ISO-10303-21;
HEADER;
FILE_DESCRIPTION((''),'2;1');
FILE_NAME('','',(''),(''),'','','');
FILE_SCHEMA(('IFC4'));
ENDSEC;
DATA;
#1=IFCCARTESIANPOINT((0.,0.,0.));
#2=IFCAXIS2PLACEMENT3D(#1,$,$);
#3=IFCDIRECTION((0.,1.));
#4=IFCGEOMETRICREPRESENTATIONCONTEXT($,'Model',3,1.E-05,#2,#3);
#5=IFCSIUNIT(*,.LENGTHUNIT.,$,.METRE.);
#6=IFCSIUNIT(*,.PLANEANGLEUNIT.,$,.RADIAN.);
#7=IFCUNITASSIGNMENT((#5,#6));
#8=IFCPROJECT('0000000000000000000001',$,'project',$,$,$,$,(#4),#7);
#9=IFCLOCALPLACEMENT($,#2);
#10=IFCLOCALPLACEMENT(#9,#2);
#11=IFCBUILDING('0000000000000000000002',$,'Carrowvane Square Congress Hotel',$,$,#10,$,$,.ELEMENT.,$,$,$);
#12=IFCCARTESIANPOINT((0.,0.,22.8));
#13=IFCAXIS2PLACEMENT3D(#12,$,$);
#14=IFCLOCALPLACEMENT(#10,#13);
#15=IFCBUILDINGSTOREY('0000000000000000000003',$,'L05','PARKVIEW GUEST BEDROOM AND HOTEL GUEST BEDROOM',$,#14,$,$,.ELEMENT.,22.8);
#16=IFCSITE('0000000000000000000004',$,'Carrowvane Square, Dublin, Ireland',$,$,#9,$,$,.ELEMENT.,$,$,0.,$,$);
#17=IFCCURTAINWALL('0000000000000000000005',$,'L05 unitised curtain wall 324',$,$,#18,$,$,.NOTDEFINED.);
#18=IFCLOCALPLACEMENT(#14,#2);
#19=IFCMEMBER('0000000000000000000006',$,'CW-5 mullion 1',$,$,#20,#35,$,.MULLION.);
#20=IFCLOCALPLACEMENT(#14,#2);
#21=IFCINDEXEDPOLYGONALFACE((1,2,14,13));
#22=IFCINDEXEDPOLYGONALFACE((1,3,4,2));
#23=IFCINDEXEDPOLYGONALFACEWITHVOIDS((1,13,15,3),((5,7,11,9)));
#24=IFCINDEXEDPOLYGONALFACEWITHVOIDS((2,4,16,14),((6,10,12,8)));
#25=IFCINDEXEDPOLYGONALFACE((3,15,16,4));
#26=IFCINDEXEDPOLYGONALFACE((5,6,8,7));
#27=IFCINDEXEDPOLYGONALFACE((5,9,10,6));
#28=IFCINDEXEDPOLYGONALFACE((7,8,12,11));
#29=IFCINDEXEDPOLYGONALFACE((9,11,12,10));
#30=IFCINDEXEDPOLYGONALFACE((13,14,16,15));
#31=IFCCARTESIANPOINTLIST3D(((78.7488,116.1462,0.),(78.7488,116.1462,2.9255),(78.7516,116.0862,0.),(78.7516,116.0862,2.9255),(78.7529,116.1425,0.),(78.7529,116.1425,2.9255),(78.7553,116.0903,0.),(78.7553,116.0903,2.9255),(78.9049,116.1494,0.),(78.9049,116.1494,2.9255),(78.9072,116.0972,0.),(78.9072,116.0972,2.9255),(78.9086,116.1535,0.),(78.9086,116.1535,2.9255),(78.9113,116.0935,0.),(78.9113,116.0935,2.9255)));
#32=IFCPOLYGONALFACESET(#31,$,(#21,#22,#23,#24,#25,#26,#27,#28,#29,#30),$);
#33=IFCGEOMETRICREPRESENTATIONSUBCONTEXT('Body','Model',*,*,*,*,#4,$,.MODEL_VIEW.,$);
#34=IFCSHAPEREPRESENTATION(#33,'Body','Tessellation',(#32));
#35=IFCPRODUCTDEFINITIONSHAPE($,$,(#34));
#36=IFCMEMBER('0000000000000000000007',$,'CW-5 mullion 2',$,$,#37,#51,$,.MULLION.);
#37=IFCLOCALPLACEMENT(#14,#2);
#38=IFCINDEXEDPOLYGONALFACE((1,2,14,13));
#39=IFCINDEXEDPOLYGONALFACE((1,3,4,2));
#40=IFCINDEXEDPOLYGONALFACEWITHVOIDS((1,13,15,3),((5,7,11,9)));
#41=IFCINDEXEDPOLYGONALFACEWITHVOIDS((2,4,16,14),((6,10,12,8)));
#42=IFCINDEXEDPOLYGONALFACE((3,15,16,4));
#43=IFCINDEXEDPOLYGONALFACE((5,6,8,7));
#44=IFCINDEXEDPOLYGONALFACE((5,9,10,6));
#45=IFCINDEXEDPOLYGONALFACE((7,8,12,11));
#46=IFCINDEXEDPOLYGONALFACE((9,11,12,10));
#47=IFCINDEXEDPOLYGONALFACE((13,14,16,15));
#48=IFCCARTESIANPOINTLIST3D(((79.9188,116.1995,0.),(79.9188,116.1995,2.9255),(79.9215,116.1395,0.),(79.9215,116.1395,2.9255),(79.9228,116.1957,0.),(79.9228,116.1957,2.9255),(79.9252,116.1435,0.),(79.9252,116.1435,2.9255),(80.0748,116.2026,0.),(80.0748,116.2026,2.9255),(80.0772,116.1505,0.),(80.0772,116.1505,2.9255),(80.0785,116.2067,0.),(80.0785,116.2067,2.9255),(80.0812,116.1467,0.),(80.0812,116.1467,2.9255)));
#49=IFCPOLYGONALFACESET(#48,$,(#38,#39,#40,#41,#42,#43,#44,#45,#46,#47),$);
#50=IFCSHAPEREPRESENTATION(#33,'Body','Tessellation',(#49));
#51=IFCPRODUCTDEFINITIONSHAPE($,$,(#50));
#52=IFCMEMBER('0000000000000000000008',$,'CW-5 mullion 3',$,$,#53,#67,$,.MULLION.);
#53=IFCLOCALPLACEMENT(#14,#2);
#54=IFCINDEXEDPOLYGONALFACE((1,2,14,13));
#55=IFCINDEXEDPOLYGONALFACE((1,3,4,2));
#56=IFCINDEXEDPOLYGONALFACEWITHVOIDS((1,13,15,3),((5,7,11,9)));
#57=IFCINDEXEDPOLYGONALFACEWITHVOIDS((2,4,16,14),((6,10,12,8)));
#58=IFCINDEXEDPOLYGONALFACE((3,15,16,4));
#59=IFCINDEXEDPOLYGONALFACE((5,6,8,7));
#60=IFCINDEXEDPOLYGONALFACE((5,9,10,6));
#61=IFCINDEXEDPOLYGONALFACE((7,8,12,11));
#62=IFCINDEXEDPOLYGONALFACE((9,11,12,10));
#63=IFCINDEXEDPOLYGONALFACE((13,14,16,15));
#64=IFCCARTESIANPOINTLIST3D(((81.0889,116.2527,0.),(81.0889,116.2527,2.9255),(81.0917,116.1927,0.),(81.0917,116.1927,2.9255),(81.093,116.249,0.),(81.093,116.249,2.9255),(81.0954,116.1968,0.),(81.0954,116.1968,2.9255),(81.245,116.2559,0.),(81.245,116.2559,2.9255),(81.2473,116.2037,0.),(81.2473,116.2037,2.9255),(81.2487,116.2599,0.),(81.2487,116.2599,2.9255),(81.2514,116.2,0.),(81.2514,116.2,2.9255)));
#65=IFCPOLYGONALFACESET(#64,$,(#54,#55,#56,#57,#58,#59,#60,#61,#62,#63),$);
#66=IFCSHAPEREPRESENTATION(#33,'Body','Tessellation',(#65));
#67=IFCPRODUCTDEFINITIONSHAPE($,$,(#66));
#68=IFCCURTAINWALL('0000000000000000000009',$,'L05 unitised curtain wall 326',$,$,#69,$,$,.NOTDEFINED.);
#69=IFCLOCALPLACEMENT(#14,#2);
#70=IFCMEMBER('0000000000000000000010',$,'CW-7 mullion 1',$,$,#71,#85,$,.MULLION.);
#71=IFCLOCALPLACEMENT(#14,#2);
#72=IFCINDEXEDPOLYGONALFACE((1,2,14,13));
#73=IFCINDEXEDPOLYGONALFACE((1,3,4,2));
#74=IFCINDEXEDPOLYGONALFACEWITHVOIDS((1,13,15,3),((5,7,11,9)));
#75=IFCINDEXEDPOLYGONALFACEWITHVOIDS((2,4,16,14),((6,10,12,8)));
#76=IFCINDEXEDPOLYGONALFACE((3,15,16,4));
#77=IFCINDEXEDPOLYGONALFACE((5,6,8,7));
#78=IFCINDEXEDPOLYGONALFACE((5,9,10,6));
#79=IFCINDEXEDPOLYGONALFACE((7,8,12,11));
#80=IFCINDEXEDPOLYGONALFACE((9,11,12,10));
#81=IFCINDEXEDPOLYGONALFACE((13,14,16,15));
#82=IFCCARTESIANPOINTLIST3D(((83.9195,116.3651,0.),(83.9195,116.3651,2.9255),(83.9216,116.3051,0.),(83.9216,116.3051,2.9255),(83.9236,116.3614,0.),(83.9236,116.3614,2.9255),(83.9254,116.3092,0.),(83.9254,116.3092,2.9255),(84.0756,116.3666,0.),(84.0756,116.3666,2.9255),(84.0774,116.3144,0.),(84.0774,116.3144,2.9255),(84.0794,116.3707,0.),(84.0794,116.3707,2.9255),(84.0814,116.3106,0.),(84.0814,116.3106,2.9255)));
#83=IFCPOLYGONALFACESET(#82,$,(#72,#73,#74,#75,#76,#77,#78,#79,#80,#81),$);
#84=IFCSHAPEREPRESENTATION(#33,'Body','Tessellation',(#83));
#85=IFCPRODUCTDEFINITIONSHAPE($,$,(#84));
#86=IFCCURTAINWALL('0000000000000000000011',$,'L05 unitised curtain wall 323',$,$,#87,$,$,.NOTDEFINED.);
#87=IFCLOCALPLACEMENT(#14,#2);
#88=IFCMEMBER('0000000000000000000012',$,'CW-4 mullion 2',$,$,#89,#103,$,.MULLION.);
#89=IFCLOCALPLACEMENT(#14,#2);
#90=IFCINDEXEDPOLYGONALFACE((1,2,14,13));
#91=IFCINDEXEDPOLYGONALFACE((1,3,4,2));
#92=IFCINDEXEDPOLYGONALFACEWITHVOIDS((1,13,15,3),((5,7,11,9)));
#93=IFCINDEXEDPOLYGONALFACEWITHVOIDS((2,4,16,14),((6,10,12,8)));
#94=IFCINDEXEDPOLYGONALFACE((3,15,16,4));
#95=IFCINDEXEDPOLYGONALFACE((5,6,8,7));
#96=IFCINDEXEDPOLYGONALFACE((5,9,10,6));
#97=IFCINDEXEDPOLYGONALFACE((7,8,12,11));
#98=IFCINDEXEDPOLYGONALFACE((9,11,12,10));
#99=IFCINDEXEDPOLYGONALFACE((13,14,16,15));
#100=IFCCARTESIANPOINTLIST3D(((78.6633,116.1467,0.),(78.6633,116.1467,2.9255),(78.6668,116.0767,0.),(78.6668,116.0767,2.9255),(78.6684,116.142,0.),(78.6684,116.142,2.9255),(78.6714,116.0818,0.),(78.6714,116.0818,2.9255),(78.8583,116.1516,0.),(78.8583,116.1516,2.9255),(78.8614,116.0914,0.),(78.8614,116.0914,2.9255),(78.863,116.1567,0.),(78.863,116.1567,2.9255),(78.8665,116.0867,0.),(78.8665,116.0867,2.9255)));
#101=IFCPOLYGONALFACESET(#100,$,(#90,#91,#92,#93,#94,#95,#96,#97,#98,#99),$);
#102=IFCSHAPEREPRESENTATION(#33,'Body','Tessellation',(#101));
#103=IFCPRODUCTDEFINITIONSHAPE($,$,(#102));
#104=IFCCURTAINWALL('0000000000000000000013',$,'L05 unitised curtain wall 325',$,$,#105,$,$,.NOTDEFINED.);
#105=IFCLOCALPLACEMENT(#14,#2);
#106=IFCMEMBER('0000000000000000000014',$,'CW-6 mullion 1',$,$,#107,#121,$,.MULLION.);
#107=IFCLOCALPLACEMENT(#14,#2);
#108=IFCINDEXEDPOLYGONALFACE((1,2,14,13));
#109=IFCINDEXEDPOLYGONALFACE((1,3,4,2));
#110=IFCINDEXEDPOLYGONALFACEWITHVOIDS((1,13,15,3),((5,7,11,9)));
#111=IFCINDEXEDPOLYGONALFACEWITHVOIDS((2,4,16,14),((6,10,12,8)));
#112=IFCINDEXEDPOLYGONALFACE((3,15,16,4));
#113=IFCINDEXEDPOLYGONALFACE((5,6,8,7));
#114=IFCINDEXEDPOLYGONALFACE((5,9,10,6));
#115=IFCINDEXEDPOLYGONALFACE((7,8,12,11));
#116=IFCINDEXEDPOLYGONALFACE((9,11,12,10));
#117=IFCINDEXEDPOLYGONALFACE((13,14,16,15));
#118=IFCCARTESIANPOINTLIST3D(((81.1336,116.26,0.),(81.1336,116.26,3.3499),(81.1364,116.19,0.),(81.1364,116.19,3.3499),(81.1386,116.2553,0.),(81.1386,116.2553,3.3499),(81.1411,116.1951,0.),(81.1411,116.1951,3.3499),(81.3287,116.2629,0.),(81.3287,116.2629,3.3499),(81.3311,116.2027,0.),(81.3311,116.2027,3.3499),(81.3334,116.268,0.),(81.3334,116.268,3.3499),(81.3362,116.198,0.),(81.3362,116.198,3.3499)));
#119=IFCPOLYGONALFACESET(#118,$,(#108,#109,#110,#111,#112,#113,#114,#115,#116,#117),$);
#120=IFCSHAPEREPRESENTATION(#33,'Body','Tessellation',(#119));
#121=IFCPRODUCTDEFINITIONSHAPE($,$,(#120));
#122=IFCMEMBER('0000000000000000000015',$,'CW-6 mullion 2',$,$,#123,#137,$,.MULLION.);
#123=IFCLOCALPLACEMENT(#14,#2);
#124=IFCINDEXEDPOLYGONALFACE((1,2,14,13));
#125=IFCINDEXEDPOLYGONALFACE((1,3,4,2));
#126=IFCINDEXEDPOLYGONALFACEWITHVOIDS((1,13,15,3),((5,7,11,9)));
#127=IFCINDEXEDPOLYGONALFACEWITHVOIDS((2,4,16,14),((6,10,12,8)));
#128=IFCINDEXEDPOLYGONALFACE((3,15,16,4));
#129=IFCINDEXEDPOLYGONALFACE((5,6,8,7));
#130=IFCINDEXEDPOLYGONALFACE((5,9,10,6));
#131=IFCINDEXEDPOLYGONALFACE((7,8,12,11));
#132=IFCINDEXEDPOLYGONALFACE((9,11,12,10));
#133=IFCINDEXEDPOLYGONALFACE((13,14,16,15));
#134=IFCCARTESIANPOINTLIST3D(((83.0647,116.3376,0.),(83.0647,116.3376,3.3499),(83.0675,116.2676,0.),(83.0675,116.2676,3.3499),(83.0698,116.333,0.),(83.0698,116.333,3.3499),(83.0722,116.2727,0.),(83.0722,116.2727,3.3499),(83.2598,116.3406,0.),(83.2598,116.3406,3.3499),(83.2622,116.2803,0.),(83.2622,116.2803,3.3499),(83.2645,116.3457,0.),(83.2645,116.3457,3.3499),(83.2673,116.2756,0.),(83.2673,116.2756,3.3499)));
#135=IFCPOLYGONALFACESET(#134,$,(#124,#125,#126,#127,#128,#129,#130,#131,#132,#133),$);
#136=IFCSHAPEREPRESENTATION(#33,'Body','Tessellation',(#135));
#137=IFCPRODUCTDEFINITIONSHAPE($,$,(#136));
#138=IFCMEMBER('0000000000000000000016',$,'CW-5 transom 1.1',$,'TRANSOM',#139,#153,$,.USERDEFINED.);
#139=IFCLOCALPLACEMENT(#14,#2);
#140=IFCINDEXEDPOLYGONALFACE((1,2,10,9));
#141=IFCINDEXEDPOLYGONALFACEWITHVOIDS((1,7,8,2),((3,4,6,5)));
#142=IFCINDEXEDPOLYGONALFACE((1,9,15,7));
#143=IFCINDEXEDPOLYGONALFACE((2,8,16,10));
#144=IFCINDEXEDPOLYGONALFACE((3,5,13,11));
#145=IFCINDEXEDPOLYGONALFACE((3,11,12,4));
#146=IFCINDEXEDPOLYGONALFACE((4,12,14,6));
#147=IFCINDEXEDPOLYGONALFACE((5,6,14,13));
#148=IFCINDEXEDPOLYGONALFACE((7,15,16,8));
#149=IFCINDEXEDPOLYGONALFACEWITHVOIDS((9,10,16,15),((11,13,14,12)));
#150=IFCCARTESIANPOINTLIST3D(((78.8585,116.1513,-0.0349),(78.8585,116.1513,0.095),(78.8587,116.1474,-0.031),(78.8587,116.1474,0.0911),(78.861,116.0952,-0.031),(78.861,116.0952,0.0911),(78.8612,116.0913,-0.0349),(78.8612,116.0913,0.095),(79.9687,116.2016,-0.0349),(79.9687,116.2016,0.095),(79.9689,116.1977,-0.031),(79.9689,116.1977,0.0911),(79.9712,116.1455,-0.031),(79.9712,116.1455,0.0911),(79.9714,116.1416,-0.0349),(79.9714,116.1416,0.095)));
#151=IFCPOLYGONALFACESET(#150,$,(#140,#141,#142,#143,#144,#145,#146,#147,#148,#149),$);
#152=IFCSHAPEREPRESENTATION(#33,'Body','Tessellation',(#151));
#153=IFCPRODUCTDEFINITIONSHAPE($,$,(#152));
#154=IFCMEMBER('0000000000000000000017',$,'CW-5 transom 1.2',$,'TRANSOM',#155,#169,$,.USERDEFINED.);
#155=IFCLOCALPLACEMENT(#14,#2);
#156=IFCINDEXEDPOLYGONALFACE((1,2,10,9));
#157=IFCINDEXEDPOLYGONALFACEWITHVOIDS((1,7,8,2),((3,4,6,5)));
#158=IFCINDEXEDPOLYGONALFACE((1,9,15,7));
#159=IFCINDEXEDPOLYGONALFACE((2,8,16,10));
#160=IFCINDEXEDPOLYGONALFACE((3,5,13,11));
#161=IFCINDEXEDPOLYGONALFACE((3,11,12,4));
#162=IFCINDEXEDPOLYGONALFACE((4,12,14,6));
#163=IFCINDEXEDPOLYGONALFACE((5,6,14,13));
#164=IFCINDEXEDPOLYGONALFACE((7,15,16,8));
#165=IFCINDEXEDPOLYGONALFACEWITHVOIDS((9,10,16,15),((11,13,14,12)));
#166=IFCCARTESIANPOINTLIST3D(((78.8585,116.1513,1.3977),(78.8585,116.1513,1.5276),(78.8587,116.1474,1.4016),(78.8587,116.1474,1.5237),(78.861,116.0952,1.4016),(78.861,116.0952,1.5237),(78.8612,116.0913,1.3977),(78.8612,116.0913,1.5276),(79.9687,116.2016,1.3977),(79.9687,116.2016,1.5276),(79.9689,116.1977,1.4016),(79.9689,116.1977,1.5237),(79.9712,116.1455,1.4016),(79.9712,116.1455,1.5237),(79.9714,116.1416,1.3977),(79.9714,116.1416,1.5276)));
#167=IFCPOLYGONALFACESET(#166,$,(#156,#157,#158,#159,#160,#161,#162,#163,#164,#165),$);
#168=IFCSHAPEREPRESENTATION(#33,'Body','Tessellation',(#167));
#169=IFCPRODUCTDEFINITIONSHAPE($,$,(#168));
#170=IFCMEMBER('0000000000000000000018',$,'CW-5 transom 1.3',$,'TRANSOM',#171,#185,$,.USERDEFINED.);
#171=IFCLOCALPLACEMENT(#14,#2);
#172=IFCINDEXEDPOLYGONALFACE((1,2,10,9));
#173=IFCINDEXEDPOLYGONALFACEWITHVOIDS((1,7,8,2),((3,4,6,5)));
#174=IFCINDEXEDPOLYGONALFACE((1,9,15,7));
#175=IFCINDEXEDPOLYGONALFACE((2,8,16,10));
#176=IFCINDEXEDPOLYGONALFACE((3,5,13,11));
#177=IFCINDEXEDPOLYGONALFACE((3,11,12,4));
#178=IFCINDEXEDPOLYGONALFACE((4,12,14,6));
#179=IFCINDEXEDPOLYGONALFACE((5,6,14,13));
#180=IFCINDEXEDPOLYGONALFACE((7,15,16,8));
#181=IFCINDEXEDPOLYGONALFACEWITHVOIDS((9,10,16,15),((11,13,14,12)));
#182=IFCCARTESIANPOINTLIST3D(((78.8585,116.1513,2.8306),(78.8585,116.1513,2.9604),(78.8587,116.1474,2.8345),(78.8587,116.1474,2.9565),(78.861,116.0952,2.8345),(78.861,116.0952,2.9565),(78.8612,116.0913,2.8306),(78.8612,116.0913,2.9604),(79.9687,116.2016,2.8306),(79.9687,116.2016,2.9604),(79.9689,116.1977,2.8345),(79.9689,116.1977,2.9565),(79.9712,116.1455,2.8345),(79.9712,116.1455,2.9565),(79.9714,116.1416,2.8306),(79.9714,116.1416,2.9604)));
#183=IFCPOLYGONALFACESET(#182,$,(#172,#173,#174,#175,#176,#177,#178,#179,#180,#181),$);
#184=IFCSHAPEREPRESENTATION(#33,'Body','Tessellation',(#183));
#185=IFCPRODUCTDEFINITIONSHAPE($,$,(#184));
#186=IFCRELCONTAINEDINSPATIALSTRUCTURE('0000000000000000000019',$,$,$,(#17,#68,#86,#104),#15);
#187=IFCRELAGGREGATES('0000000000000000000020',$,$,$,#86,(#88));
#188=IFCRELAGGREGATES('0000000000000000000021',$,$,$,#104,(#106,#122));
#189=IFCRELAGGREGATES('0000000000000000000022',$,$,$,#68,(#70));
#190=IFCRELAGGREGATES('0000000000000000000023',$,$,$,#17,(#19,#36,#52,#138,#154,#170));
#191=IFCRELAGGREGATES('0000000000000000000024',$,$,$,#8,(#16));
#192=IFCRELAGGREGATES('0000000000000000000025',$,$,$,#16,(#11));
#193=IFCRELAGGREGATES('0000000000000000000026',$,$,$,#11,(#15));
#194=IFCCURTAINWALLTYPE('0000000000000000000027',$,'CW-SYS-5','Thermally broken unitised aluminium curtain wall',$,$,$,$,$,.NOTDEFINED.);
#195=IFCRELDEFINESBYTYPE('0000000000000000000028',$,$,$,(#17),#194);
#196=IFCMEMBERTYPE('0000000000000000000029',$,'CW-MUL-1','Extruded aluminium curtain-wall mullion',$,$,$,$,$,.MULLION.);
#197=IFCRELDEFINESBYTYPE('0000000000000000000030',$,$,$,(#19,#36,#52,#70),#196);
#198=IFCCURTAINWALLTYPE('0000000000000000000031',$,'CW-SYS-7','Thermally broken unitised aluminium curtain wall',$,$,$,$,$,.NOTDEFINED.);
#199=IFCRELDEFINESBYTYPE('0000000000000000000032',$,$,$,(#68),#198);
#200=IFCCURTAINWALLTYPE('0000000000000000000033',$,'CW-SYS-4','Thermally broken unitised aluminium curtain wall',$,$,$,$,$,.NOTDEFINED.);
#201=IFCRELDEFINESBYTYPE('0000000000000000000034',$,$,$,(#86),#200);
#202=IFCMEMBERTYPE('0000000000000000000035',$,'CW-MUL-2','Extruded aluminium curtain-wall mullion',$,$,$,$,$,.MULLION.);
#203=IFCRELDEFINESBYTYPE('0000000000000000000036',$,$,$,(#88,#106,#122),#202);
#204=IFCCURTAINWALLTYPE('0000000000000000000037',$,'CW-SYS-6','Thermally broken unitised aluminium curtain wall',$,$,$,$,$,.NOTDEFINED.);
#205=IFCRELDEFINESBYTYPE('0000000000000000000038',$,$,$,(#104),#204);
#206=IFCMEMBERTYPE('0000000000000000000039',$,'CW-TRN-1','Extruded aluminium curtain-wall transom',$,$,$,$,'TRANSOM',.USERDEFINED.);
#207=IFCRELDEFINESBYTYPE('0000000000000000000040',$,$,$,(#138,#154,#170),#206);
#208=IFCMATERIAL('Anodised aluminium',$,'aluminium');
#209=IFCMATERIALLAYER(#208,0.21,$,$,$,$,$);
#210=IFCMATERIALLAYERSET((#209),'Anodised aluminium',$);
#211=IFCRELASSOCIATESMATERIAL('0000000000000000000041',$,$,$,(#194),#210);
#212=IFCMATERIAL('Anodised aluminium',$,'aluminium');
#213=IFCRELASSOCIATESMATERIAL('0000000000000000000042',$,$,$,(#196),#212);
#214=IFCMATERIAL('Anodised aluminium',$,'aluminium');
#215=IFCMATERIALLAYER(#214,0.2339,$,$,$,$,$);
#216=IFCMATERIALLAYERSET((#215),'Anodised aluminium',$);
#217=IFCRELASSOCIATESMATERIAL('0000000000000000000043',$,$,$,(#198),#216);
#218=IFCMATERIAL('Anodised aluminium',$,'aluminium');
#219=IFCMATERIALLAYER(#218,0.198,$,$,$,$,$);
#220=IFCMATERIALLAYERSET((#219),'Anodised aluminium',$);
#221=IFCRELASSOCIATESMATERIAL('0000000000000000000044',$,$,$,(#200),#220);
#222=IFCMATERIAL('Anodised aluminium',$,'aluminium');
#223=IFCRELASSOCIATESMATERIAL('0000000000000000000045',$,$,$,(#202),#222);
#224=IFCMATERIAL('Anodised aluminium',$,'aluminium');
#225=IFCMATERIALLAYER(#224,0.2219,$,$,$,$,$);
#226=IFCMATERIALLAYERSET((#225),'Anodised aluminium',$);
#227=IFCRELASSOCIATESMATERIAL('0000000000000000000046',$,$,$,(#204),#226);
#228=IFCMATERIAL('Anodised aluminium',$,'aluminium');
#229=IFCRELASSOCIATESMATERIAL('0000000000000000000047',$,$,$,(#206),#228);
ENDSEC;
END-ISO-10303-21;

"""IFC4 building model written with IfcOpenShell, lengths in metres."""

from ifc_helpers import new_model, si_unit, direction, frame, origin, origin_2d, place, context, subcontext, project, spatial, hollow_rectangle, extrude, material, layer, layer_set, material_profile, profile_set, type_object, element, aggregate, save


model = new_model("IFC4")

# Units and contexts
model_context = context("Model", 3, precision=1e-05, world=origin(), true_north=direction((0.0, 1.0)))
body_context = subcontext(model_context, "Body", "Model", "MODEL_VIEW")
ifc_project = project(units=[si_unit("LENGTHUNIT", "METRE"), si_unit("PLANEANGLEUNIT", "RADIAN")], contexts=[model_context])

# Site, building, storey
site_placement = place(None, origin())
site = spatial("IfcSite", under=ifc_project, at=site_placement, Name="Carrowvane Square, Dublin, Ireland", CompositionType="ELEMENT", RefElevation=0.0)
building_placement = place(site_placement, origin())
building = spatial("IfcBuilding", under=site, at=building_placement, Name="Carrowvane Square Congress Hotel", CompositionType="ELEMENT")
storey_placement = place(building_placement, frame((0.0, 0.0, 22.8)))
storey = spatial("IfcBuildingStorey", under=building, at=storey_placement, Name="L05", Description="PARKVIEW GUEST BEDROOM AND HOTEL GUEST BEDROOM", CompositionType="ELEMENT", Elevation=22.8)

# Curtain wall, members
ifc_material_1 = material(Name="Anodised aluminium", Category="aluminium")
ifc_layer_1 = layer(ifc_material_1, 0.21)
ifc_layer_set_1 = layer_set([ifc_layer_1], Name="Anodised aluminium")
curtain_wall_type_1 = type_object("IfcCurtainWallType", Name="CW-SYS-5", Description="Thermally broken unitised aluminium curtain wall", PredefinedType="NOTDEFINED", material=ifc_layer_set_1)
curtain_wall_1_placement = place(storey_placement, origin())
curtain_wall_1 = element("IfcCurtainWall", 1, at=curtain_wall_1_placement, inside=storey, type_object=curtain_wall_type_1, Name="L05 unitised curtain wall 324", PredefinedType="NOTDEFINED")
ifc_material_2 = material(Name="Anodised aluminium", Category="aluminium")
ifc_material_profile_1 = material_profile(ifc_material_2, hollow_rectangle(XDim=0.0601, YDim=0.1599, WallThickness=0.0039, at=origin_2d()), Name="CW-ML 60x160x4")
ifc_profile_set_1 = profile_set([ifc_material_profile_1], Name="Anodised aluminium")
member_type_1 = type_object("IfcMemberType", Name="CW-MUL-1", Description="Extruded aluminium curtain-wall mullion", PredefinedType="MULLION", material=ifc_profile_set_1)
member_1_placement = place(storey_placement, frame((78.8301, 116.1199, 0.0), z_axis=(0.0, 0.0, 1.0), x_axis=(-0.045411, 0.998968, 0.0)))
member_1 = element("IfcMember", 2, at=member_1_placement, type_object=member_type_1, Name="CW-5 mullion 1", PredefinedType="MULLION", context=body_context, shape_type="SweptSolid", body=[
    extrude(hollow_rectangle(XDim=0.0601, YDim=0.1599, WallThickness=0.0039, at=origin_2d()), origin(), (0.0, 0.0, 1.0), 2.9255),
])
member_2_placement = place(storey_placement, frame((80.0, 116.1731, 0.0), z_axis=(0.0, 0.0, 1.0), x_axis=(-0.045411, 0.998968, 0.0)))
member_2 = element("IfcMember", 3, at=member_2_placement, type_object=member_type_1, Name="CW-5 mullion 2", PredefinedType="MULLION", context=body_context, shape_type="SweptSolid", body=[
    extrude(hollow_rectangle(XDim=0.0601, YDim=0.1599, WallThickness=0.0039, at=origin_2d()), origin(), (0.0, 0.0, 1.0), 2.9255),
])
member_3_placement = place(storey_placement, frame((81.1702, 116.2263, 0.0), z_axis=(0.0, 0.0, 1.0), x_axis=(-0.045411, 0.998968, 0.0)))
member_3 = element("IfcMember", 4, at=member_3_placement, type_object=member_type_1, Name="CW-5 mullion 3", PredefinedType="MULLION", context=body_context, shape_type="SweptSolid", body=[
    extrude(hollow_rectangle(XDim=0.0601, YDim=0.1599, WallThickness=0.0039, at=origin_2d()), origin(), (0.0, 0.0, 1.0), 2.9255),
])

# Curtain walls, members
ifc_material_3 = material(Name="Anodised aluminium", Category="aluminium")
ifc_layer_2 = layer(ifc_material_3, 0.2339)
ifc_layer_set_2 = layer_set([ifc_layer_2], Name="Anodised aluminium")
curtain_wall_type_2 = type_object("IfcCurtainWallType", Name="CW-SYS-7", Description="Thermally broken unitised aluminium curtain wall", PredefinedType="NOTDEFINED", material=ifc_layer_set_2)
curtain_wall_2_placement = place(storey_placement, origin())
curtain_wall_2 = element("IfcCurtainWall", 5, at=curtain_wall_2_placement, inside=storey, type_object=curtain_wall_type_2, Name="L05 unitised curtain wall 326", PredefinedType="NOTDEFINED")
member_4_placement = place(storey_placement, frame((84.0005, 116.3379, 0.0), z_axis=(0.0, 0.0, 1.0), x_axis=(-0.034527, 0.999404, 0.0)))
member_4 = element("IfcMember", 6, at=member_4_placement, type_object=member_type_1, Name="CW-7 mullion 1", PredefinedType="MULLION", context=body_context, shape_type="SweptSolid", body=[
    extrude(hollow_rectangle(XDim=0.0601, YDim=0.1599, WallThickness=0.0039, at=origin_2d()), origin(), (0.0, 0.0, 1.0), 2.9255),
])
ifc_material_4 = material(Name="Anodised aluminium", Category="aluminium")
ifc_layer_3 = layer(ifc_material_4, 0.198)
ifc_layer_set_3 = layer_set([ifc_layer_3], Name="Anodised aluminium")
curtain_wall_type_3 = type_object("IfcCurtainWallType", Name="CW-SYS-4", Description="Thermally broken unitised aluminium curtain wall", PredefinedType="NOTDEFINED", material=ifc_layer_set_3)
curtain_wall_3_placement = place(storey_placement, origin())
curtain_wall_3 = element("IfcCurtainWall", 7, at=curtain_wall_3_placement, inside=storey, type_object=curtain_wall_type_3, Name="L05 unitised curtain wall 323", PredefinedType="NOTDEFINED")
ifc_material_5 = material(Name="Anodised aluminium", Category="aluminium")
ifc_material_profile_2 = material_profile(ifc_material_5, hollow_rectangle(XDim=0.0701, YDim=0.2, WallThickness=0.0049, at=origin_2d()), Name="CW-ML 70x200x5")
ifc_profile_set_2 = profile_set([ifc_material_profile_2], Name="Anodised aluminium")
member_type_2 = type_object("IfcMemberType", Name="CW-MUL-2", Description="Extruded aluminium curtain-wall mullion", PredefinedType="MULLION", material=ifc_profile_set_2)
member_5_placement = place(storey_placement, frame((78.7649, 116.1167, 0.0), z_axis=(0.0, 0.0, 1.0), x_axis=(-0.050324, 0.998733, 0.0)))
member_5 = element("IfcMember", 8, at=member_5_placement, type_object=member_type_2, Name="CW-4 mullion 2", PredefinedType="MULLION", context=body_context, shape_type="SweptSolid", body=[
    extrude(hollow_rectangle(XDim=0.0701, YDim=0.2, WallThickness=0.0049, at=origin_2d()), origin(), (0.0, 0.0, 1.0), 2.9255),
])
aggregate(curtain_wall_3, [member_5])

# Curtain wall, members
ifc_material_6 = material(Name="Anodised aluminium", Category="aluminium")
ifc_layer_4 = layer(ifc_material_6, 0.2219)
ifc_layer_set_4 = layer_set([ifc_layer_4], Name="Anodised aluminium")
curtain_wall_type_4 = type_object("IfcCurtainWallType", Name="CW-SYS-6", Description="Thermally broken unitised aluminium curtain wall", PredefinedType="NOTDEFINED", material=ifc_layer_set_4)
curtain_wall_4_placement = place(storey_placement, origin())
curtain_wall_4 = element("IfcCurtainWall", 9, at=curtain_wall_4_placement, inside=storey, type_object=curtain_wall_type_4, Name="L05 unitised curtain wall 325", PredefinedType="NOTDEFINED")
member_6_placement = place(storey_placement, frame((81.2349, 116.229, 0.0), z_axis=(0.0, 0.0, 1.0), x_axis=(-0.040136, 0.999194, 0.0)))
member_6 = element("IfcMember", 10, at=member_6_placement, type_object=member_type_2, Name="CW-6 mullion 1", PredefinedType="MULLION", context=body_context, shape_type="SweptSolid", body=[
    extrude(hollow_rectangle(XDim=0.0701, YDim=0.2, WallThickness=0.0049, at=origin_2d()), origin(), (0.0, 0.0, 1.0), 3.3499),
])
member_7_placement = place(storey_placement, frame((83.166, 116.3066, 0.0), z_axis=(0.0, 0.0, 1.0), x_axis=(-0.040136, 0.999194, 0.0)))
member_7 = element("IfcMember", 11, at=member_7_placement, type_object=member_type_2, Name="CW-6 mullion 2", PredefinedType="MULLION", context=body_context, shape_type="SweptSolid", body=[
    extrude(hollow_rectangle(XDim=0.0701, YDim=0.2, WallThickness=0.0049, at=origin_2d()), origin(), (0.0, 0.0, 1.0), 3.3499),
])

# Members
ifc_material_7 = material(Name="Anodised aluminium", Category="aluminium")
ifc_material_profile_3 = material_profile(ifc_material_7, hollow_rectangle(XDim=0.0601, YDim=0.1299, WallThickness=0.0039, at=origin_2d()), Name="CW-TR 60x130x4")
ifc_profile_set_3 = profile_set([ifc_material_profile_3], Name="Anodised aluminium")
member_type_3 = type_object("IfcMemberType", Name="CW-TRN-1", Description="Extruded aluminium curtain-wall transom", ElementType="TRANSOM", PredefinedType="USERDEFINED", material=ifc_profile_set_3)
member_8_placement = place(storey_placement, frame((78.8599, 116.1213, 0.03), z_axis=(0.998975, 0.045258, 0.0), x_axis=(-0.045258, 0.998975, 0.0)))
member_8 = element("IfcMember", 12, at=member_8_placement, type_object=member_type_3, Name="CW-5 transom 1.1", ObjectType="TRANSOM", PredefinedType="USERDEFINED", context=body_context, shape_type="SweptSolid", body=[
    extrude(hollow_rectangle(XDim=0.0601, YDim=0.1299, WallThickness=0.0039, at=origin_2d()), origin(), (0.0, 0.0, 1.0), 1.1113),
])
member_9_placement = place(storey_placement, frame((78.8599, 116.1213, 1.4626), z_axis=(0.998975, 0.045258, 0.0), x_axis=(-0.045258, 0.998975, 0.0)))
member_9 = element("IfcMember", 13, at=member_9_placement, type_object=member_type_3, Name="CW-5 transom 1.2", ObjectType="TRANSOM", PredefinedType="USERDEFINED", context=body_context, shape_type="SweptSolid", body=[
    extrude(hollow_rectangle(XDim=0.0601, YDim=0.1299, WallThickness=0.0039, at=origin_2d()), origin(), (0.0, 0.0, 1.0), 1.1113),
])
member_10_placement = place(storey_placement, frame((78.8599, 116.1213, 2.8955), z_axis=(0.998975, 0.045258, 0.0), x_axis=(-0.045258, 0.998975, 0.0)))
member_10 = element("IfcMember", 14, at=member_10_placement, type_object=member_type_3, Name="CW-5 transom 1.3", ObjectType="TRANSOM", PredefinedType="USERDEFINED", context=body_context, shape_type="SweptSolid", body=[
    extrude(hollow_rectangle(XDim=0.0601, YDim=0.1299, WallThickness=0.0039, at=origin_2d()), origin(), (0.0, 0.0, 1.0), 1.1113),
])

aggregate(curtain_wall_4, [member_6, member_7])
aggregate(curtain_wall_2, [member_4])
aggregate(curtain_wall_1, [member_1, member_2, member_3, member_8, member_9, member_10])

save(model, "model.ifc")
